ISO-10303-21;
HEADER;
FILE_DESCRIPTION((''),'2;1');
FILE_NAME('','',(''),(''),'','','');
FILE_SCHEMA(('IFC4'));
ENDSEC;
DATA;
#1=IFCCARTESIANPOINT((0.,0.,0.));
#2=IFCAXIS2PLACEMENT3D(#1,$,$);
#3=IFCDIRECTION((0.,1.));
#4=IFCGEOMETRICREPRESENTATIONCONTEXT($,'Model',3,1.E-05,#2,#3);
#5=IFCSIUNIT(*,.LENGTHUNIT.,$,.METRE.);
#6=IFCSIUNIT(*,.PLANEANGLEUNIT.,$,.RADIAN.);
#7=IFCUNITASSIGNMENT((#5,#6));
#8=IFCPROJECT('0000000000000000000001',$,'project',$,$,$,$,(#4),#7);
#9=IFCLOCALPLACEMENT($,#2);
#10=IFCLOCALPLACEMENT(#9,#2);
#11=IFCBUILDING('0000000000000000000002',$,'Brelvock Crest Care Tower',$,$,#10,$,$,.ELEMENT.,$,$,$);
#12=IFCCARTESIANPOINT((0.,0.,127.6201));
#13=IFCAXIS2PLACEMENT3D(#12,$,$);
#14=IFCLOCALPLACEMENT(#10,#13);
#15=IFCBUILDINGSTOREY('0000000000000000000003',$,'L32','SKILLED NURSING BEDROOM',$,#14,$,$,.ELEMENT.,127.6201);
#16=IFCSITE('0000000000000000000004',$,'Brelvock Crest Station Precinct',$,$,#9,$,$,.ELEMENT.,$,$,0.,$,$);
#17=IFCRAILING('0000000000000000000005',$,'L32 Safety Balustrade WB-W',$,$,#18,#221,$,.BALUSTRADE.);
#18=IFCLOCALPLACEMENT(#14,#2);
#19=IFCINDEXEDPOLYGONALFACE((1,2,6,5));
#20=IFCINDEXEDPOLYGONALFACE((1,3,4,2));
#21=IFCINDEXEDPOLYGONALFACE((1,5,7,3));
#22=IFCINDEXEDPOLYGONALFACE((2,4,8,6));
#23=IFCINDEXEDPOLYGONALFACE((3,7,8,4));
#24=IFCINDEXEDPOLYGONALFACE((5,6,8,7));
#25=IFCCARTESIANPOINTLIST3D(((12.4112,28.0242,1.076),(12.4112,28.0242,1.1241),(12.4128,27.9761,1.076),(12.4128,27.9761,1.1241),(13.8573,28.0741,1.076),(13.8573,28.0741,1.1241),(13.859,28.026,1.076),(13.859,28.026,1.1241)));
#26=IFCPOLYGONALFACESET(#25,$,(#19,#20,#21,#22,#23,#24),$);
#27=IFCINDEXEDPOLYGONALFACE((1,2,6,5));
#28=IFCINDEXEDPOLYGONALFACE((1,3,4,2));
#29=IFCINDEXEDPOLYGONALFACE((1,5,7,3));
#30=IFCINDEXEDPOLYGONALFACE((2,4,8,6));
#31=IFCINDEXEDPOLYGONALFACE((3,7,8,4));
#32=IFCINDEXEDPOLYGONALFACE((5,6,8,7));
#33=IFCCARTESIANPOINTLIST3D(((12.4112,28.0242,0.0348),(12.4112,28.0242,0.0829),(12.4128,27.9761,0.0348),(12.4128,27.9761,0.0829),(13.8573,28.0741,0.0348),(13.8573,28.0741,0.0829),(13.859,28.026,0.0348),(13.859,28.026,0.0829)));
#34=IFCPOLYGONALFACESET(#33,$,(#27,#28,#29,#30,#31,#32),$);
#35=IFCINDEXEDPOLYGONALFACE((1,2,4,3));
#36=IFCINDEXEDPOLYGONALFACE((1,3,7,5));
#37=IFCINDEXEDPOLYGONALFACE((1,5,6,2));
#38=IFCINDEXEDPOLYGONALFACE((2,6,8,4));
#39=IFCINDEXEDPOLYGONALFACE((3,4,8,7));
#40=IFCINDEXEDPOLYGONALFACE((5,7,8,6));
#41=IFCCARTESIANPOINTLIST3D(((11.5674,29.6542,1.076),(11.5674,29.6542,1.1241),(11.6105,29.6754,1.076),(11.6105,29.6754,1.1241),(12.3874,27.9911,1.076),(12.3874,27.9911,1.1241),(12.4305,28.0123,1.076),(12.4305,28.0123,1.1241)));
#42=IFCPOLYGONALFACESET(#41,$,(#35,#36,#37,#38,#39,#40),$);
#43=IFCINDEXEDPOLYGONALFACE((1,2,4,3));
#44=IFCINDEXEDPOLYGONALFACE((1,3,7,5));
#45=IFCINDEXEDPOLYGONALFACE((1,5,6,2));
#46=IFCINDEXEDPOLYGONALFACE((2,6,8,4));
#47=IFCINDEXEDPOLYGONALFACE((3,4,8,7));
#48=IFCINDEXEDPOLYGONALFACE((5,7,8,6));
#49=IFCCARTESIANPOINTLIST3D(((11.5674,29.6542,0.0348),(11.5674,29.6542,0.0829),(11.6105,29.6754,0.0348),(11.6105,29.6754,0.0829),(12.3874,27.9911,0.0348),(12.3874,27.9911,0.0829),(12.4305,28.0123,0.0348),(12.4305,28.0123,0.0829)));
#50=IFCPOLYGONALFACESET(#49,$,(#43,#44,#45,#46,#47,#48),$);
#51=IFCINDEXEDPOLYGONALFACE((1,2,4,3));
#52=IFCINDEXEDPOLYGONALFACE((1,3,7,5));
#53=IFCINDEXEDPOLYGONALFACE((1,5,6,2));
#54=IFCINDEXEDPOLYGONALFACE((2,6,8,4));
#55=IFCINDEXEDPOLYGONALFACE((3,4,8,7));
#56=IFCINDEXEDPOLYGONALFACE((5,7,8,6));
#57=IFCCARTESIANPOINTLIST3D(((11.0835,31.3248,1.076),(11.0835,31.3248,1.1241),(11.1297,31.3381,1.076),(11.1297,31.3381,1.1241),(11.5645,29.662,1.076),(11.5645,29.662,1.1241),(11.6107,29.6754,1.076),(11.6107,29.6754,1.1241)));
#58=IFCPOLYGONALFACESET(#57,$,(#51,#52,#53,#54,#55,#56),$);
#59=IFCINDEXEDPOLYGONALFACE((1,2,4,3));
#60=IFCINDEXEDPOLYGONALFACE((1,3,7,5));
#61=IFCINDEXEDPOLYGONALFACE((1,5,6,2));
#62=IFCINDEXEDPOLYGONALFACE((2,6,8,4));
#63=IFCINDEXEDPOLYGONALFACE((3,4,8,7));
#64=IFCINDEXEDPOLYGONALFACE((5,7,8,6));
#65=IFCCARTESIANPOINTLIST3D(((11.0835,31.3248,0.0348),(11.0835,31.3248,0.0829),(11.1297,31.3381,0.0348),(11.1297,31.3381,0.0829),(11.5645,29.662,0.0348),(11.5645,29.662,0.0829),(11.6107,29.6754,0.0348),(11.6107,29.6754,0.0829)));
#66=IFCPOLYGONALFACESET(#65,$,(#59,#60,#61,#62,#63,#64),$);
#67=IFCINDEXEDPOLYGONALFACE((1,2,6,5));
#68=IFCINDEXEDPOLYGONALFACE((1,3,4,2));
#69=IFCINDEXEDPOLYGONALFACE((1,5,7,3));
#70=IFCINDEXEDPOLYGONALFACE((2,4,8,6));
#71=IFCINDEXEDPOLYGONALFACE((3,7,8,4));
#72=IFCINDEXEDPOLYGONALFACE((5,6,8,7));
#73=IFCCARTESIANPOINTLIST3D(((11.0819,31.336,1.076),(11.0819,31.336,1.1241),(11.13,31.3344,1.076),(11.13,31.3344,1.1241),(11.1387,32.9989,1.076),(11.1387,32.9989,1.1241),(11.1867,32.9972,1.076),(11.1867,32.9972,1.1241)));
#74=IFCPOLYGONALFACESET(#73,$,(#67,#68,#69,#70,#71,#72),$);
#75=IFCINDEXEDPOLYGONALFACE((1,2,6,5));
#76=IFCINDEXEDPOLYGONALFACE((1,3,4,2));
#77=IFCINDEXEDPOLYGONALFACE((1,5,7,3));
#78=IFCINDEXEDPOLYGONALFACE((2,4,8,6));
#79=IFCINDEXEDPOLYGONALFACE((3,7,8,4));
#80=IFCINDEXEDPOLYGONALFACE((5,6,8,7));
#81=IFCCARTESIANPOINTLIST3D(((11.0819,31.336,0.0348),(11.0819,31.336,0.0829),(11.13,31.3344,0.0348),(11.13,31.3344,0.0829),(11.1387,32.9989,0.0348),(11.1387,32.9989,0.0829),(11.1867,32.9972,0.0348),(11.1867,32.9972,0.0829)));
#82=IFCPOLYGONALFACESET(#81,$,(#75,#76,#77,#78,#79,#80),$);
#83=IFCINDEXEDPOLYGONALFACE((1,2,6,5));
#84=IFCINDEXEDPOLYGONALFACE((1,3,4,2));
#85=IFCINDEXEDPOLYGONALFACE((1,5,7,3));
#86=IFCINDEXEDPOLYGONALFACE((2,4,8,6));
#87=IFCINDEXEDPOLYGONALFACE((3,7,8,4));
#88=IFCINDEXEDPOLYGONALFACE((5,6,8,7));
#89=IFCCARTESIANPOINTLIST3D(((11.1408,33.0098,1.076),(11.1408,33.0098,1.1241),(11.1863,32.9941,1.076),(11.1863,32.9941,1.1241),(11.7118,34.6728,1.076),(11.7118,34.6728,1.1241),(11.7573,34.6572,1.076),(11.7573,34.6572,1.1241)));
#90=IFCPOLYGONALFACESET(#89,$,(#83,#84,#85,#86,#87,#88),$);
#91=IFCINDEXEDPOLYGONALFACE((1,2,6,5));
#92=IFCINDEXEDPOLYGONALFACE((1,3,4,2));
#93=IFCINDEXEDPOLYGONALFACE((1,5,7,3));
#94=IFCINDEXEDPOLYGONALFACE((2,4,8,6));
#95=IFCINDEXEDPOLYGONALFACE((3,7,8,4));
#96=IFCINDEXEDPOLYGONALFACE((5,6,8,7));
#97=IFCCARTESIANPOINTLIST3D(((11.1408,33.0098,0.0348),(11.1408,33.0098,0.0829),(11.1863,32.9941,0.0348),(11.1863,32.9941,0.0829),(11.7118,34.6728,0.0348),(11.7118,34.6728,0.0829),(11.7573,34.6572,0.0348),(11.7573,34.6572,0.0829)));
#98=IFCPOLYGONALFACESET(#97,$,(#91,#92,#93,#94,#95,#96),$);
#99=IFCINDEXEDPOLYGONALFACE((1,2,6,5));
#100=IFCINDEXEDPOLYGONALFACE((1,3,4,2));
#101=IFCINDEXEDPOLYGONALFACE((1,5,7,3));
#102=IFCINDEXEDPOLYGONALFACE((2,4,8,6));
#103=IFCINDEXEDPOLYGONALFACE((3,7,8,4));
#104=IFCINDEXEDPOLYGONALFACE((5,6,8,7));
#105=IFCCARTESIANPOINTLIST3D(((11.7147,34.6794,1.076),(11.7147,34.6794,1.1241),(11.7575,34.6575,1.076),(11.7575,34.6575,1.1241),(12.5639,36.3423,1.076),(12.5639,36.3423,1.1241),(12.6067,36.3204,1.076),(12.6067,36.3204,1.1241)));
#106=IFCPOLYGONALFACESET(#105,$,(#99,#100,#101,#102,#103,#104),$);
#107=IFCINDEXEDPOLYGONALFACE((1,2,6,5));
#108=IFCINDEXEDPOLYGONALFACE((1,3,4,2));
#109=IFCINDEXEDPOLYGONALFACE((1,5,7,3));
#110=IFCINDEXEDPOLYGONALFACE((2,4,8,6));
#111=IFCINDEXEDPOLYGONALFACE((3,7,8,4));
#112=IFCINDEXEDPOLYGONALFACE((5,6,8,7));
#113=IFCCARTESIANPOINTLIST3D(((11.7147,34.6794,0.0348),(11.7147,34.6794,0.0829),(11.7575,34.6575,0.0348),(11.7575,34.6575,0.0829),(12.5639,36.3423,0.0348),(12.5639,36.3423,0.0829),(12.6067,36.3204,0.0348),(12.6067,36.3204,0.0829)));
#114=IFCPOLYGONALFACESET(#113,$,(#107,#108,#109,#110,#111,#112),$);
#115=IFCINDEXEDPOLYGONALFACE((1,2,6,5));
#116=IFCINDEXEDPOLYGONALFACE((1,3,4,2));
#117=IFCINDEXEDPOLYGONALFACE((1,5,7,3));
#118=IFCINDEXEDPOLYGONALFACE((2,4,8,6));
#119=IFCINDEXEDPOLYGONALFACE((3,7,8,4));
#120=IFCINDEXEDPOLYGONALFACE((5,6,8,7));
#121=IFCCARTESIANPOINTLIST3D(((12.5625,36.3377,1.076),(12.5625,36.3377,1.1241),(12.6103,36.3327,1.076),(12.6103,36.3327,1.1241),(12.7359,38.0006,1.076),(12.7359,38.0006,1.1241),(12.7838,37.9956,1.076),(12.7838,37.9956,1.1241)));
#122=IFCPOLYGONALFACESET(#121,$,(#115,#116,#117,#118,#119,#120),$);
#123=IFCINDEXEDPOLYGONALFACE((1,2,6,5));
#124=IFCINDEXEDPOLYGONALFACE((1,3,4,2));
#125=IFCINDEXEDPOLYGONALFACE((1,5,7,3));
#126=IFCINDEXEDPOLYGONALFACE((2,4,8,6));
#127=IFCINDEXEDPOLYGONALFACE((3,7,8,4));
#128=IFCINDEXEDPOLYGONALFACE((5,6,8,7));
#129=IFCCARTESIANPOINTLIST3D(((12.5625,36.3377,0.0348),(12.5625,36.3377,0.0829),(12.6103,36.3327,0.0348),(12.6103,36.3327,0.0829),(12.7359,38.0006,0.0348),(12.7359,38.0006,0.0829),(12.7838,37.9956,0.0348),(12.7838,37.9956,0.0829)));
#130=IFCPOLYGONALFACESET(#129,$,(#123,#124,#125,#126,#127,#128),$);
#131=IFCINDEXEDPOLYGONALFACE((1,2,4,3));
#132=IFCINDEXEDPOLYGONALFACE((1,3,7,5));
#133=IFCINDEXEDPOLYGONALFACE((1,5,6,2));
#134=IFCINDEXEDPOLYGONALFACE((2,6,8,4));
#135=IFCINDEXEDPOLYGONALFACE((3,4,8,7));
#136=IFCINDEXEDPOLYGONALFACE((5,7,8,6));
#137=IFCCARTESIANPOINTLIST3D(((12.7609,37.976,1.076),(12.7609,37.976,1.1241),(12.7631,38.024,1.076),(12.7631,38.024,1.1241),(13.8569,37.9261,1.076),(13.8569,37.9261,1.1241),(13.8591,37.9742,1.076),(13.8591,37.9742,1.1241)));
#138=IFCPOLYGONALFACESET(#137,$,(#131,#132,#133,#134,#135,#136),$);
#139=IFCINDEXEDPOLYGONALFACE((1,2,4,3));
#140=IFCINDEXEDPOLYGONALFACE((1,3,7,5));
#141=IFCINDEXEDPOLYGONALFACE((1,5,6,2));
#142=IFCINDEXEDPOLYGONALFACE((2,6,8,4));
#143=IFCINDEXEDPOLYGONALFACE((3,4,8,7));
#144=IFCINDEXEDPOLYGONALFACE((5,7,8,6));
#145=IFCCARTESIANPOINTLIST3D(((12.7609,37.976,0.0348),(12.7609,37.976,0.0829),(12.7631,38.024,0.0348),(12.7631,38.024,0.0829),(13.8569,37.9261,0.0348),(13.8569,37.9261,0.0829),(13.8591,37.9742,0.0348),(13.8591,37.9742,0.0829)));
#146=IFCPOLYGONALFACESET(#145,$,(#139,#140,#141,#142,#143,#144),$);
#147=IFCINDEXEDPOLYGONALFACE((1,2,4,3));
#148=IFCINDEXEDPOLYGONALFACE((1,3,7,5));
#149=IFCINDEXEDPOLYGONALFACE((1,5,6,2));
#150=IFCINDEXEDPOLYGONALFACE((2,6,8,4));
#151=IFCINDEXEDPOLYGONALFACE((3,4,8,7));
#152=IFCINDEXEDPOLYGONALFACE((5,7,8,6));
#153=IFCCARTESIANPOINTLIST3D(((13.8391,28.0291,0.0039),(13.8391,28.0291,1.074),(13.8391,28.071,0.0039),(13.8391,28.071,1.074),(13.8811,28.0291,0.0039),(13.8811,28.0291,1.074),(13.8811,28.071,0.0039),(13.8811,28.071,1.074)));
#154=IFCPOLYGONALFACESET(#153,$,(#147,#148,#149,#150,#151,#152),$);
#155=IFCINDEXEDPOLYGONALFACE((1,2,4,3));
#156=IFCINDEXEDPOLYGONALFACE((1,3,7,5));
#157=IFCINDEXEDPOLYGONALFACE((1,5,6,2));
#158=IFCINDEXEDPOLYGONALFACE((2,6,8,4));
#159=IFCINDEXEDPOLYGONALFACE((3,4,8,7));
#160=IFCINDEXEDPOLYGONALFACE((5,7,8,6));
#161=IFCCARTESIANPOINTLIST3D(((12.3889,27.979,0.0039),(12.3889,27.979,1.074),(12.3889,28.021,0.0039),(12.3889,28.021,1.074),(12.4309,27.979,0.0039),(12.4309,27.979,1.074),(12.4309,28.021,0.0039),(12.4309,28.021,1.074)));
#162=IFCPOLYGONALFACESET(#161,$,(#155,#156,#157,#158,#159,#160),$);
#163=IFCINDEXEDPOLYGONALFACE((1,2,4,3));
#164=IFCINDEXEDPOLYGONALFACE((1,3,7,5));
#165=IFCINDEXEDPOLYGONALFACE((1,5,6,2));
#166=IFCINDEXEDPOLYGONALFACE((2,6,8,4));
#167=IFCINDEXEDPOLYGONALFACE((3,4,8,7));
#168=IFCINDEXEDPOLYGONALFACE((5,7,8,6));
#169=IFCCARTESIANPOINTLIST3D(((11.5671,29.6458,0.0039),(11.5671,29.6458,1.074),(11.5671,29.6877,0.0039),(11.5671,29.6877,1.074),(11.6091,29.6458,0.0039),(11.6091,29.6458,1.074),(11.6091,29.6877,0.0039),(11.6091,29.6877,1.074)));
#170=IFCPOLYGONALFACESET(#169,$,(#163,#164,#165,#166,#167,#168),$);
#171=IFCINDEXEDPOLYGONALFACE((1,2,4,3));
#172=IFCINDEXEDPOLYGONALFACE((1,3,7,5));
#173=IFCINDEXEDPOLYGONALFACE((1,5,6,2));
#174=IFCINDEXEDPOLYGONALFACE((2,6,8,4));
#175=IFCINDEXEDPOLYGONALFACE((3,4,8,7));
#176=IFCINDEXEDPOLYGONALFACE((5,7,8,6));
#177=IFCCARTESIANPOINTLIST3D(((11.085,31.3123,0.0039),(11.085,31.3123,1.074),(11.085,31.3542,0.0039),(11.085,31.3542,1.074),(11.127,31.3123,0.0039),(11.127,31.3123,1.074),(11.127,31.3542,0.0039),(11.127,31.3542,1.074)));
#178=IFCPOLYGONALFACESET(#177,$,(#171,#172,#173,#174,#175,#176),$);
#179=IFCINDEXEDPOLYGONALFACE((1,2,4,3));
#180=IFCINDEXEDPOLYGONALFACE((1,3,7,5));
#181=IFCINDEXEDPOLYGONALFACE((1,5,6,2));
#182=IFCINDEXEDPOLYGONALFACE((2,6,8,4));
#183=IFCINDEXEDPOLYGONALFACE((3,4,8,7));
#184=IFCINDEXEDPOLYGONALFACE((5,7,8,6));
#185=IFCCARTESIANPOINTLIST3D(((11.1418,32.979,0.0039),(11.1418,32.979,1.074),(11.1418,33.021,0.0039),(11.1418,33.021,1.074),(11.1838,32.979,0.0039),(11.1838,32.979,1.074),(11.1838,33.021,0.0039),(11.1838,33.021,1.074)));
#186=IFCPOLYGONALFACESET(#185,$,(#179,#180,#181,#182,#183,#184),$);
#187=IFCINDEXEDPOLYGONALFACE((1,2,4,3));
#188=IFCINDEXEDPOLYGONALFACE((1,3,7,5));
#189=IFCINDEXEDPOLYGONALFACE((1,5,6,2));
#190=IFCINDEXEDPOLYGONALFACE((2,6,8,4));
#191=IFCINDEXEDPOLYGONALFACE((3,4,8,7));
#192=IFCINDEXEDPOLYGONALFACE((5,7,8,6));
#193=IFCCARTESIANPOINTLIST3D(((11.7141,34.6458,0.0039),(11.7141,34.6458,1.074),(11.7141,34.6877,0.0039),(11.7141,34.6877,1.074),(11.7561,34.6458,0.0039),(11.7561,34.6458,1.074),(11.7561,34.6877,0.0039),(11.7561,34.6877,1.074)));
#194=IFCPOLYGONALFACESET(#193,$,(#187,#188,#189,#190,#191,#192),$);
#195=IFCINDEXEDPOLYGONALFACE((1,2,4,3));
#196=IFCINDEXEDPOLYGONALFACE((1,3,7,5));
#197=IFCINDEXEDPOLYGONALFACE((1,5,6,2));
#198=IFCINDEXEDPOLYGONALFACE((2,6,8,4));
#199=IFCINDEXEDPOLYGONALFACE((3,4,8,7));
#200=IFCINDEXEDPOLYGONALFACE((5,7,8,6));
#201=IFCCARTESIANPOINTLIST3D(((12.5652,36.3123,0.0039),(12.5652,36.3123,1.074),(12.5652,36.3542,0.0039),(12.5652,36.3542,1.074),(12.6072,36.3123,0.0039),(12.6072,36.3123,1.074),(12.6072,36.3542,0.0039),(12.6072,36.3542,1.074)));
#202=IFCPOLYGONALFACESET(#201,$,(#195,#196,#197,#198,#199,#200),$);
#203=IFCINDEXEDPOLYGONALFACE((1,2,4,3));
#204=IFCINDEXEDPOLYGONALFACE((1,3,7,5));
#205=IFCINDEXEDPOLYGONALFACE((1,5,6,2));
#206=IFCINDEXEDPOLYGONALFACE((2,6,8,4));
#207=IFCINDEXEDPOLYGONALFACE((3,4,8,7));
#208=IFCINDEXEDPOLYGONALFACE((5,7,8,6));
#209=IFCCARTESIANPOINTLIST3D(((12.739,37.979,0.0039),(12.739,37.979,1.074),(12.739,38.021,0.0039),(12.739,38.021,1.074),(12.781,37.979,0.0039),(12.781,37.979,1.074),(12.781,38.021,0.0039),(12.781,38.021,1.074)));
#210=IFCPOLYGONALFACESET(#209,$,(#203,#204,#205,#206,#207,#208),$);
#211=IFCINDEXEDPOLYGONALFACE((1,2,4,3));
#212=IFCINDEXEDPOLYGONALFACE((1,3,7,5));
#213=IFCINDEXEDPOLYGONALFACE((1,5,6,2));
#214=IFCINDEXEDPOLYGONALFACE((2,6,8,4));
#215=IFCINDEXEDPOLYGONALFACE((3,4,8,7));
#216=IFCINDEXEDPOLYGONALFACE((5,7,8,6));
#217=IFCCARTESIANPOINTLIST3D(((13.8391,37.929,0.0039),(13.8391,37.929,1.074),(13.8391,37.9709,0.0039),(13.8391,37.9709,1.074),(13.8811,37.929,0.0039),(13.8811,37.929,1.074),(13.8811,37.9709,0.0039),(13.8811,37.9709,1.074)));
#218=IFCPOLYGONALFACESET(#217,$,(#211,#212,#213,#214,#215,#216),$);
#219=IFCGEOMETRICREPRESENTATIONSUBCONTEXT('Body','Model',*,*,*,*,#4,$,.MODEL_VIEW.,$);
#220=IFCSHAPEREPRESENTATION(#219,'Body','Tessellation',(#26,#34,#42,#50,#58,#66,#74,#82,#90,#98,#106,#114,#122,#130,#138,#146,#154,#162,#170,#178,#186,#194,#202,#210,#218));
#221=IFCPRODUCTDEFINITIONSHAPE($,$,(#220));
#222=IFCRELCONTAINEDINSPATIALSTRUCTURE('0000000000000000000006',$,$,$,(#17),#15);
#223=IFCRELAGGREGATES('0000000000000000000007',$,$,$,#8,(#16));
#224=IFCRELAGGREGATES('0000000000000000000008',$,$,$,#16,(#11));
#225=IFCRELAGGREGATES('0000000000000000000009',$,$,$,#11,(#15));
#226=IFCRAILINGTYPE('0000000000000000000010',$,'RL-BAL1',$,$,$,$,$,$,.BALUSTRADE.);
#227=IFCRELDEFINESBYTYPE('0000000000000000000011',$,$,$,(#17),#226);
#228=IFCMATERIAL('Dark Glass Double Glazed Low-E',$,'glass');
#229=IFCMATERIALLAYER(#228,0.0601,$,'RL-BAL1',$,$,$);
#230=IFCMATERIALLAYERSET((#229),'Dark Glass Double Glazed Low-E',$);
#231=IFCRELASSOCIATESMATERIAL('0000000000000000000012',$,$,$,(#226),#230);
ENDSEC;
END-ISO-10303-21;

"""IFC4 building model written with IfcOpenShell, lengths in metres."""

from ifc_helpers import new_model, si_unit, direction, frame, origin, origin_2d, place, context, subcontext, project, spatial, rectangle, extrude, material, layer, layer_set, type_object, element, save


model = new_model("IFC4")

# Units and contexts
model_context = context("Model", 3, precision=1e-05, world=origin(), true_north=direction((0.0, 1.0)))
body_context = subcontext(model_context, "Body", "Model", "MODEL_VIEW")
ifc_project = project(units=[si_unit("LENGTHUNIT", "METRE"), si_unit("PLANEANGLEUNIT", "RADIAN")], contexts=[model_context])

# Site, building, storey
site_placement = place(None, origin())
site = spatial("IfcSite", under=ifc_project, at=site_placement, Name="Brelvock Crest Station Precinct", CompositionType="ELEMENT", RefElevation=0.0)
building_placement = place(site_placement, origin())
building = spatial("IfcBuilding", under=site, at=building_placement, Name="Brelvock Crest Care Tower", CompositionType="ELEMENT")
storey_placement = place(building_placement, frame((0.0, 0.0, 127.6201)))
storey = spatial("IfcBuildingStorey", under=building, at=storey_placement, Name="L32", Description="SKILLED NURSING BEDROOM", CompositionType="ELEMENT", Elevation=127.6201)

# Shared definitions
ifc_material_1 = material(Name="Dark Glass Double Glazed Low-E", Category="glass")

# Railing
ifc_layer_1 = layer(ifc_material_1, 0.0601, Name="RL-BAL1")
ifc_layer_set_1 = layer_set([ifc_layer_1], Name="Dark Glass Double Glazed Low-E")
railing_type = type_object("IfcRailingType", Name="RL-BAL1", PredefinedType="BALUSTRADE", material=ifc_layer_set_1)
railing_placement = place(storey_placement, frame((13.8601, 28.05, 0.0039)))
element("IfcRailing", 1, at=railing_placement, inside=storey, type_object=railing_type, Name="L32 Safety Balustrade WB-W", PredefinedType="BALUSTRADE", context=body_context, shape_type="SweptSolid", body=[
    extrude(rectangle(XDim=0.0481, YDim=0.0481, at=origin_2d()), frame((-0.002, 0.0, 1.0962), z_axis=(-0.999405, -0.034491, 0.0), x_axis=(0.034491, -0.999405, 0.0)), (0.0, 0.0, 1.0), 1.447),
    extrude(rectangle(XDim=0.0481, YDim=0.0481, at=origin_2d()), frame((-0.002, 0.0, 0.0549), z_axis=(-0.999405, -0.034491, 0.0), x_axis=(0.034491, -0.999405, 0.0)), (0.0, 0.0, 1.0), 1.447),
    extrude(rectangle(XDim=0.0481, YDim=0.0481, at=origin_2d()), frame((-1.4512, -0.0483, 1.0962), z_axis=(-0.442214, 0.896909, 0.0), x_axis=(-0.896909, -0.442214, 0.0)), (0.0, 0.0, 1.0), 1.8542),
    extrude(rectangle(XDim=0.0481, YDim=0.0481, at=origin_2d()), frame((-1.4512, -0.0483, 0.0549), z_axis=(-0.442214, 0.896909, 0.0), x_axis=(-0.896909, -0.442214, 0.0)), (0.0, 0.0, 1.0), 1.8542),
    extrude(rectangle(XDim=0.0481, YDim=0.0481, at=origin_2d()), frame((-2.2725, 1.6187, 1.0962), z_axis=(-0.277935, 0.9606, 0.0), x_axis=(-0.9606, -0.277935, 0.0)), (0.0, 0.0, 1.0), 1.731),
    extrude(rectangle(XDim=0.0481, YDim=0.0481, at=origin_2d()), frame((-2.2725, 1.6187, 0.0549), z_axis=(-0.277935, 0.9606, 0.0), x_axis=(-0.9606, -0.277935, 0.0)), (0.0, 0.0, 1.0), 1.731),
    extrude(rectangle(XDim=0.0481, YDim=0.0481, at=origin_2d()), frame((-2.7542, 3.2852, 1.0962), z_axis=(0.034109, 0.999418, 0.0), x_axis=(-0.999418, 0.034109, 0.0)), (0.0, 0.0, 1.0), 1.6638),
    extrude(rectangle(XDim=0.0481, YDim=0.0481, at=origin_2d()), frame((-2.7542, 3.2852, 0.0549), z_axis=(0.034109, 0.999418, 0.0), x_axis=(-0.999418, 0.034109, 0.0)), (0.0, 0.0, 1.0), 1.6638),
    extrude(rectangle(XDim=0.0481, YDim=0.0481, at=origin_2d()), frame((-2.6965, 4.9519, 1.0962), z_axis=(0.324735, 0.945805, 0.0), x_axis=(-0.945805, 0.324735, 0.0)), (0.0, 0.0, 1.0), 1.7583),
    extrude(rectangle(XDim=0.0481, YDim=0.0481, at=origin_2d()), frame((-2.6965, 4.9519, 0.0549), z_axis=(0.324735, 0.945805, 0.0), x_axis=(-0.945805, 0.324735, 0.0)), (0.0, 0.0, 1.0), 1.7583),
    extrude(rectangle(XDim=0.0481, YDim=0.0481, at=origin_2d()), frame((-2.124, 6.6184, 1.0962), z_axis=(0.454817, 0.890585, 0.0), x_axis=(-0.890585, 0.454817, 0.0)), (0.0, 0.0, 1.0), 1.8672),
    extrude(rectangle(XDim=0.0481, YDim=0.0481, at=origin_2d()), frame((-2.124, 6.6184, 0.0549), z_axis=(0.454817, 0.890585, 0.0), x_axis=(-0.890585, 0.454817, 0.0)), (0.0, 0.0, 1.0), 1.8672),
    extrude(rectangle(XDim=0.0481, YDim=0.0481, at=origin_2d()), frame((-1.2737, 8.2852, 1.0962), z_axis=(0.103729, 0.994606, 0.0), x_axis=(-0.994606, 0.103729, 0.0)), (0.0, 0.0, 1.0), 1.6719),
    extrude(rectangle(XDim=0.0481, YDim=0.0481, at=origin_2d()), frame((-1.2737, 8.2852, 0.0549), z_axis=(0.103729, 0.994606, 0.0), x_axis=(-0.994606, 0.103729, 0.0)), (0.0, 0.0, 1.0), 1.6719),
    extrude(rectangle(XDim=0.0481, YDim=0.0481, at=origin_2d()), frame((-1.0981, 9.95, 1.0962), z_axis=(0.998967, -0.045448, 0.0), x_axis=(0.045448, 0.998967, 0.0)), (0.0, 0.0, 1.0), 1.0972),
    extrude(rectangle(XDim=0.0481, YDim=0.0481, at=origin_2d()), frame((-1.0981, 9.95, 0.0549), z_axis=(0.998967, -0.045448, 0.0), x_axis=(0.045448, 0.998967, 0.0)), (0.0, 0.0, 1.0), 1.0972),
    extrude(rectangle(XDim=0.042, YDim=0.042, at=origin_2d()), origin(), (0.0, 0.0, 1.0), 1.0701),
    extrude(rectangle(XDim=0.042, YDim=0.042, at=origin_2d()), frame((-1.4502, -0.05, 0.0)), (0.0, 0.0, 1.0), 1.0701),
    extrude(rectangle(XDim=0.042, YDim=0.042, at=origin_2d()), frame((-2.272, 1.6167, 0.0)), (0.0, 0.0, 1.0), 1.0701),
    extrude(rectangle(XDim=0.042, YDim=0.042, at=origin_2d()), frame((-2.7542, 3.2832, 0.0)), (0.0, 0.0, 1.0), 1.0701),
    extrude(rectangle(XDim=0.042, YDim=0.042, at=origin_2d()), frame((-2.6973, 4.95, 0.0)), (0.0, 0.0, 1.0), 1.0701),
    extrude(rectangle(XDim=0.042, YDim=0.042, at=origin_2d()), frame((-2.125, 6.6167, 0.0)), (0.0, 0.0, 1.0), 1.0701),
    extrude(rectangle(XDim=0.042, YDim=0.042, at=origin_2d()), frame((-1.2739, 8.2832, 0.0)), (0.0, 0.0, 1.0), 1.0701),
    extrude(rectangle(XDim=0.042, YDim=0.042, at=origin_2d()), frame((-1.1001, 9.95, 0.0)), (0.0, 0.0, 1.0), 1.0701),
    extrude(rectangle(XDim=0.042, YDim=0.042, at=origin_2d()), frame((0.0, 9.8999, 0.0)), (0.0, 0.0, 1.0), 1.0701),
])

save(model, "model.ifc")
